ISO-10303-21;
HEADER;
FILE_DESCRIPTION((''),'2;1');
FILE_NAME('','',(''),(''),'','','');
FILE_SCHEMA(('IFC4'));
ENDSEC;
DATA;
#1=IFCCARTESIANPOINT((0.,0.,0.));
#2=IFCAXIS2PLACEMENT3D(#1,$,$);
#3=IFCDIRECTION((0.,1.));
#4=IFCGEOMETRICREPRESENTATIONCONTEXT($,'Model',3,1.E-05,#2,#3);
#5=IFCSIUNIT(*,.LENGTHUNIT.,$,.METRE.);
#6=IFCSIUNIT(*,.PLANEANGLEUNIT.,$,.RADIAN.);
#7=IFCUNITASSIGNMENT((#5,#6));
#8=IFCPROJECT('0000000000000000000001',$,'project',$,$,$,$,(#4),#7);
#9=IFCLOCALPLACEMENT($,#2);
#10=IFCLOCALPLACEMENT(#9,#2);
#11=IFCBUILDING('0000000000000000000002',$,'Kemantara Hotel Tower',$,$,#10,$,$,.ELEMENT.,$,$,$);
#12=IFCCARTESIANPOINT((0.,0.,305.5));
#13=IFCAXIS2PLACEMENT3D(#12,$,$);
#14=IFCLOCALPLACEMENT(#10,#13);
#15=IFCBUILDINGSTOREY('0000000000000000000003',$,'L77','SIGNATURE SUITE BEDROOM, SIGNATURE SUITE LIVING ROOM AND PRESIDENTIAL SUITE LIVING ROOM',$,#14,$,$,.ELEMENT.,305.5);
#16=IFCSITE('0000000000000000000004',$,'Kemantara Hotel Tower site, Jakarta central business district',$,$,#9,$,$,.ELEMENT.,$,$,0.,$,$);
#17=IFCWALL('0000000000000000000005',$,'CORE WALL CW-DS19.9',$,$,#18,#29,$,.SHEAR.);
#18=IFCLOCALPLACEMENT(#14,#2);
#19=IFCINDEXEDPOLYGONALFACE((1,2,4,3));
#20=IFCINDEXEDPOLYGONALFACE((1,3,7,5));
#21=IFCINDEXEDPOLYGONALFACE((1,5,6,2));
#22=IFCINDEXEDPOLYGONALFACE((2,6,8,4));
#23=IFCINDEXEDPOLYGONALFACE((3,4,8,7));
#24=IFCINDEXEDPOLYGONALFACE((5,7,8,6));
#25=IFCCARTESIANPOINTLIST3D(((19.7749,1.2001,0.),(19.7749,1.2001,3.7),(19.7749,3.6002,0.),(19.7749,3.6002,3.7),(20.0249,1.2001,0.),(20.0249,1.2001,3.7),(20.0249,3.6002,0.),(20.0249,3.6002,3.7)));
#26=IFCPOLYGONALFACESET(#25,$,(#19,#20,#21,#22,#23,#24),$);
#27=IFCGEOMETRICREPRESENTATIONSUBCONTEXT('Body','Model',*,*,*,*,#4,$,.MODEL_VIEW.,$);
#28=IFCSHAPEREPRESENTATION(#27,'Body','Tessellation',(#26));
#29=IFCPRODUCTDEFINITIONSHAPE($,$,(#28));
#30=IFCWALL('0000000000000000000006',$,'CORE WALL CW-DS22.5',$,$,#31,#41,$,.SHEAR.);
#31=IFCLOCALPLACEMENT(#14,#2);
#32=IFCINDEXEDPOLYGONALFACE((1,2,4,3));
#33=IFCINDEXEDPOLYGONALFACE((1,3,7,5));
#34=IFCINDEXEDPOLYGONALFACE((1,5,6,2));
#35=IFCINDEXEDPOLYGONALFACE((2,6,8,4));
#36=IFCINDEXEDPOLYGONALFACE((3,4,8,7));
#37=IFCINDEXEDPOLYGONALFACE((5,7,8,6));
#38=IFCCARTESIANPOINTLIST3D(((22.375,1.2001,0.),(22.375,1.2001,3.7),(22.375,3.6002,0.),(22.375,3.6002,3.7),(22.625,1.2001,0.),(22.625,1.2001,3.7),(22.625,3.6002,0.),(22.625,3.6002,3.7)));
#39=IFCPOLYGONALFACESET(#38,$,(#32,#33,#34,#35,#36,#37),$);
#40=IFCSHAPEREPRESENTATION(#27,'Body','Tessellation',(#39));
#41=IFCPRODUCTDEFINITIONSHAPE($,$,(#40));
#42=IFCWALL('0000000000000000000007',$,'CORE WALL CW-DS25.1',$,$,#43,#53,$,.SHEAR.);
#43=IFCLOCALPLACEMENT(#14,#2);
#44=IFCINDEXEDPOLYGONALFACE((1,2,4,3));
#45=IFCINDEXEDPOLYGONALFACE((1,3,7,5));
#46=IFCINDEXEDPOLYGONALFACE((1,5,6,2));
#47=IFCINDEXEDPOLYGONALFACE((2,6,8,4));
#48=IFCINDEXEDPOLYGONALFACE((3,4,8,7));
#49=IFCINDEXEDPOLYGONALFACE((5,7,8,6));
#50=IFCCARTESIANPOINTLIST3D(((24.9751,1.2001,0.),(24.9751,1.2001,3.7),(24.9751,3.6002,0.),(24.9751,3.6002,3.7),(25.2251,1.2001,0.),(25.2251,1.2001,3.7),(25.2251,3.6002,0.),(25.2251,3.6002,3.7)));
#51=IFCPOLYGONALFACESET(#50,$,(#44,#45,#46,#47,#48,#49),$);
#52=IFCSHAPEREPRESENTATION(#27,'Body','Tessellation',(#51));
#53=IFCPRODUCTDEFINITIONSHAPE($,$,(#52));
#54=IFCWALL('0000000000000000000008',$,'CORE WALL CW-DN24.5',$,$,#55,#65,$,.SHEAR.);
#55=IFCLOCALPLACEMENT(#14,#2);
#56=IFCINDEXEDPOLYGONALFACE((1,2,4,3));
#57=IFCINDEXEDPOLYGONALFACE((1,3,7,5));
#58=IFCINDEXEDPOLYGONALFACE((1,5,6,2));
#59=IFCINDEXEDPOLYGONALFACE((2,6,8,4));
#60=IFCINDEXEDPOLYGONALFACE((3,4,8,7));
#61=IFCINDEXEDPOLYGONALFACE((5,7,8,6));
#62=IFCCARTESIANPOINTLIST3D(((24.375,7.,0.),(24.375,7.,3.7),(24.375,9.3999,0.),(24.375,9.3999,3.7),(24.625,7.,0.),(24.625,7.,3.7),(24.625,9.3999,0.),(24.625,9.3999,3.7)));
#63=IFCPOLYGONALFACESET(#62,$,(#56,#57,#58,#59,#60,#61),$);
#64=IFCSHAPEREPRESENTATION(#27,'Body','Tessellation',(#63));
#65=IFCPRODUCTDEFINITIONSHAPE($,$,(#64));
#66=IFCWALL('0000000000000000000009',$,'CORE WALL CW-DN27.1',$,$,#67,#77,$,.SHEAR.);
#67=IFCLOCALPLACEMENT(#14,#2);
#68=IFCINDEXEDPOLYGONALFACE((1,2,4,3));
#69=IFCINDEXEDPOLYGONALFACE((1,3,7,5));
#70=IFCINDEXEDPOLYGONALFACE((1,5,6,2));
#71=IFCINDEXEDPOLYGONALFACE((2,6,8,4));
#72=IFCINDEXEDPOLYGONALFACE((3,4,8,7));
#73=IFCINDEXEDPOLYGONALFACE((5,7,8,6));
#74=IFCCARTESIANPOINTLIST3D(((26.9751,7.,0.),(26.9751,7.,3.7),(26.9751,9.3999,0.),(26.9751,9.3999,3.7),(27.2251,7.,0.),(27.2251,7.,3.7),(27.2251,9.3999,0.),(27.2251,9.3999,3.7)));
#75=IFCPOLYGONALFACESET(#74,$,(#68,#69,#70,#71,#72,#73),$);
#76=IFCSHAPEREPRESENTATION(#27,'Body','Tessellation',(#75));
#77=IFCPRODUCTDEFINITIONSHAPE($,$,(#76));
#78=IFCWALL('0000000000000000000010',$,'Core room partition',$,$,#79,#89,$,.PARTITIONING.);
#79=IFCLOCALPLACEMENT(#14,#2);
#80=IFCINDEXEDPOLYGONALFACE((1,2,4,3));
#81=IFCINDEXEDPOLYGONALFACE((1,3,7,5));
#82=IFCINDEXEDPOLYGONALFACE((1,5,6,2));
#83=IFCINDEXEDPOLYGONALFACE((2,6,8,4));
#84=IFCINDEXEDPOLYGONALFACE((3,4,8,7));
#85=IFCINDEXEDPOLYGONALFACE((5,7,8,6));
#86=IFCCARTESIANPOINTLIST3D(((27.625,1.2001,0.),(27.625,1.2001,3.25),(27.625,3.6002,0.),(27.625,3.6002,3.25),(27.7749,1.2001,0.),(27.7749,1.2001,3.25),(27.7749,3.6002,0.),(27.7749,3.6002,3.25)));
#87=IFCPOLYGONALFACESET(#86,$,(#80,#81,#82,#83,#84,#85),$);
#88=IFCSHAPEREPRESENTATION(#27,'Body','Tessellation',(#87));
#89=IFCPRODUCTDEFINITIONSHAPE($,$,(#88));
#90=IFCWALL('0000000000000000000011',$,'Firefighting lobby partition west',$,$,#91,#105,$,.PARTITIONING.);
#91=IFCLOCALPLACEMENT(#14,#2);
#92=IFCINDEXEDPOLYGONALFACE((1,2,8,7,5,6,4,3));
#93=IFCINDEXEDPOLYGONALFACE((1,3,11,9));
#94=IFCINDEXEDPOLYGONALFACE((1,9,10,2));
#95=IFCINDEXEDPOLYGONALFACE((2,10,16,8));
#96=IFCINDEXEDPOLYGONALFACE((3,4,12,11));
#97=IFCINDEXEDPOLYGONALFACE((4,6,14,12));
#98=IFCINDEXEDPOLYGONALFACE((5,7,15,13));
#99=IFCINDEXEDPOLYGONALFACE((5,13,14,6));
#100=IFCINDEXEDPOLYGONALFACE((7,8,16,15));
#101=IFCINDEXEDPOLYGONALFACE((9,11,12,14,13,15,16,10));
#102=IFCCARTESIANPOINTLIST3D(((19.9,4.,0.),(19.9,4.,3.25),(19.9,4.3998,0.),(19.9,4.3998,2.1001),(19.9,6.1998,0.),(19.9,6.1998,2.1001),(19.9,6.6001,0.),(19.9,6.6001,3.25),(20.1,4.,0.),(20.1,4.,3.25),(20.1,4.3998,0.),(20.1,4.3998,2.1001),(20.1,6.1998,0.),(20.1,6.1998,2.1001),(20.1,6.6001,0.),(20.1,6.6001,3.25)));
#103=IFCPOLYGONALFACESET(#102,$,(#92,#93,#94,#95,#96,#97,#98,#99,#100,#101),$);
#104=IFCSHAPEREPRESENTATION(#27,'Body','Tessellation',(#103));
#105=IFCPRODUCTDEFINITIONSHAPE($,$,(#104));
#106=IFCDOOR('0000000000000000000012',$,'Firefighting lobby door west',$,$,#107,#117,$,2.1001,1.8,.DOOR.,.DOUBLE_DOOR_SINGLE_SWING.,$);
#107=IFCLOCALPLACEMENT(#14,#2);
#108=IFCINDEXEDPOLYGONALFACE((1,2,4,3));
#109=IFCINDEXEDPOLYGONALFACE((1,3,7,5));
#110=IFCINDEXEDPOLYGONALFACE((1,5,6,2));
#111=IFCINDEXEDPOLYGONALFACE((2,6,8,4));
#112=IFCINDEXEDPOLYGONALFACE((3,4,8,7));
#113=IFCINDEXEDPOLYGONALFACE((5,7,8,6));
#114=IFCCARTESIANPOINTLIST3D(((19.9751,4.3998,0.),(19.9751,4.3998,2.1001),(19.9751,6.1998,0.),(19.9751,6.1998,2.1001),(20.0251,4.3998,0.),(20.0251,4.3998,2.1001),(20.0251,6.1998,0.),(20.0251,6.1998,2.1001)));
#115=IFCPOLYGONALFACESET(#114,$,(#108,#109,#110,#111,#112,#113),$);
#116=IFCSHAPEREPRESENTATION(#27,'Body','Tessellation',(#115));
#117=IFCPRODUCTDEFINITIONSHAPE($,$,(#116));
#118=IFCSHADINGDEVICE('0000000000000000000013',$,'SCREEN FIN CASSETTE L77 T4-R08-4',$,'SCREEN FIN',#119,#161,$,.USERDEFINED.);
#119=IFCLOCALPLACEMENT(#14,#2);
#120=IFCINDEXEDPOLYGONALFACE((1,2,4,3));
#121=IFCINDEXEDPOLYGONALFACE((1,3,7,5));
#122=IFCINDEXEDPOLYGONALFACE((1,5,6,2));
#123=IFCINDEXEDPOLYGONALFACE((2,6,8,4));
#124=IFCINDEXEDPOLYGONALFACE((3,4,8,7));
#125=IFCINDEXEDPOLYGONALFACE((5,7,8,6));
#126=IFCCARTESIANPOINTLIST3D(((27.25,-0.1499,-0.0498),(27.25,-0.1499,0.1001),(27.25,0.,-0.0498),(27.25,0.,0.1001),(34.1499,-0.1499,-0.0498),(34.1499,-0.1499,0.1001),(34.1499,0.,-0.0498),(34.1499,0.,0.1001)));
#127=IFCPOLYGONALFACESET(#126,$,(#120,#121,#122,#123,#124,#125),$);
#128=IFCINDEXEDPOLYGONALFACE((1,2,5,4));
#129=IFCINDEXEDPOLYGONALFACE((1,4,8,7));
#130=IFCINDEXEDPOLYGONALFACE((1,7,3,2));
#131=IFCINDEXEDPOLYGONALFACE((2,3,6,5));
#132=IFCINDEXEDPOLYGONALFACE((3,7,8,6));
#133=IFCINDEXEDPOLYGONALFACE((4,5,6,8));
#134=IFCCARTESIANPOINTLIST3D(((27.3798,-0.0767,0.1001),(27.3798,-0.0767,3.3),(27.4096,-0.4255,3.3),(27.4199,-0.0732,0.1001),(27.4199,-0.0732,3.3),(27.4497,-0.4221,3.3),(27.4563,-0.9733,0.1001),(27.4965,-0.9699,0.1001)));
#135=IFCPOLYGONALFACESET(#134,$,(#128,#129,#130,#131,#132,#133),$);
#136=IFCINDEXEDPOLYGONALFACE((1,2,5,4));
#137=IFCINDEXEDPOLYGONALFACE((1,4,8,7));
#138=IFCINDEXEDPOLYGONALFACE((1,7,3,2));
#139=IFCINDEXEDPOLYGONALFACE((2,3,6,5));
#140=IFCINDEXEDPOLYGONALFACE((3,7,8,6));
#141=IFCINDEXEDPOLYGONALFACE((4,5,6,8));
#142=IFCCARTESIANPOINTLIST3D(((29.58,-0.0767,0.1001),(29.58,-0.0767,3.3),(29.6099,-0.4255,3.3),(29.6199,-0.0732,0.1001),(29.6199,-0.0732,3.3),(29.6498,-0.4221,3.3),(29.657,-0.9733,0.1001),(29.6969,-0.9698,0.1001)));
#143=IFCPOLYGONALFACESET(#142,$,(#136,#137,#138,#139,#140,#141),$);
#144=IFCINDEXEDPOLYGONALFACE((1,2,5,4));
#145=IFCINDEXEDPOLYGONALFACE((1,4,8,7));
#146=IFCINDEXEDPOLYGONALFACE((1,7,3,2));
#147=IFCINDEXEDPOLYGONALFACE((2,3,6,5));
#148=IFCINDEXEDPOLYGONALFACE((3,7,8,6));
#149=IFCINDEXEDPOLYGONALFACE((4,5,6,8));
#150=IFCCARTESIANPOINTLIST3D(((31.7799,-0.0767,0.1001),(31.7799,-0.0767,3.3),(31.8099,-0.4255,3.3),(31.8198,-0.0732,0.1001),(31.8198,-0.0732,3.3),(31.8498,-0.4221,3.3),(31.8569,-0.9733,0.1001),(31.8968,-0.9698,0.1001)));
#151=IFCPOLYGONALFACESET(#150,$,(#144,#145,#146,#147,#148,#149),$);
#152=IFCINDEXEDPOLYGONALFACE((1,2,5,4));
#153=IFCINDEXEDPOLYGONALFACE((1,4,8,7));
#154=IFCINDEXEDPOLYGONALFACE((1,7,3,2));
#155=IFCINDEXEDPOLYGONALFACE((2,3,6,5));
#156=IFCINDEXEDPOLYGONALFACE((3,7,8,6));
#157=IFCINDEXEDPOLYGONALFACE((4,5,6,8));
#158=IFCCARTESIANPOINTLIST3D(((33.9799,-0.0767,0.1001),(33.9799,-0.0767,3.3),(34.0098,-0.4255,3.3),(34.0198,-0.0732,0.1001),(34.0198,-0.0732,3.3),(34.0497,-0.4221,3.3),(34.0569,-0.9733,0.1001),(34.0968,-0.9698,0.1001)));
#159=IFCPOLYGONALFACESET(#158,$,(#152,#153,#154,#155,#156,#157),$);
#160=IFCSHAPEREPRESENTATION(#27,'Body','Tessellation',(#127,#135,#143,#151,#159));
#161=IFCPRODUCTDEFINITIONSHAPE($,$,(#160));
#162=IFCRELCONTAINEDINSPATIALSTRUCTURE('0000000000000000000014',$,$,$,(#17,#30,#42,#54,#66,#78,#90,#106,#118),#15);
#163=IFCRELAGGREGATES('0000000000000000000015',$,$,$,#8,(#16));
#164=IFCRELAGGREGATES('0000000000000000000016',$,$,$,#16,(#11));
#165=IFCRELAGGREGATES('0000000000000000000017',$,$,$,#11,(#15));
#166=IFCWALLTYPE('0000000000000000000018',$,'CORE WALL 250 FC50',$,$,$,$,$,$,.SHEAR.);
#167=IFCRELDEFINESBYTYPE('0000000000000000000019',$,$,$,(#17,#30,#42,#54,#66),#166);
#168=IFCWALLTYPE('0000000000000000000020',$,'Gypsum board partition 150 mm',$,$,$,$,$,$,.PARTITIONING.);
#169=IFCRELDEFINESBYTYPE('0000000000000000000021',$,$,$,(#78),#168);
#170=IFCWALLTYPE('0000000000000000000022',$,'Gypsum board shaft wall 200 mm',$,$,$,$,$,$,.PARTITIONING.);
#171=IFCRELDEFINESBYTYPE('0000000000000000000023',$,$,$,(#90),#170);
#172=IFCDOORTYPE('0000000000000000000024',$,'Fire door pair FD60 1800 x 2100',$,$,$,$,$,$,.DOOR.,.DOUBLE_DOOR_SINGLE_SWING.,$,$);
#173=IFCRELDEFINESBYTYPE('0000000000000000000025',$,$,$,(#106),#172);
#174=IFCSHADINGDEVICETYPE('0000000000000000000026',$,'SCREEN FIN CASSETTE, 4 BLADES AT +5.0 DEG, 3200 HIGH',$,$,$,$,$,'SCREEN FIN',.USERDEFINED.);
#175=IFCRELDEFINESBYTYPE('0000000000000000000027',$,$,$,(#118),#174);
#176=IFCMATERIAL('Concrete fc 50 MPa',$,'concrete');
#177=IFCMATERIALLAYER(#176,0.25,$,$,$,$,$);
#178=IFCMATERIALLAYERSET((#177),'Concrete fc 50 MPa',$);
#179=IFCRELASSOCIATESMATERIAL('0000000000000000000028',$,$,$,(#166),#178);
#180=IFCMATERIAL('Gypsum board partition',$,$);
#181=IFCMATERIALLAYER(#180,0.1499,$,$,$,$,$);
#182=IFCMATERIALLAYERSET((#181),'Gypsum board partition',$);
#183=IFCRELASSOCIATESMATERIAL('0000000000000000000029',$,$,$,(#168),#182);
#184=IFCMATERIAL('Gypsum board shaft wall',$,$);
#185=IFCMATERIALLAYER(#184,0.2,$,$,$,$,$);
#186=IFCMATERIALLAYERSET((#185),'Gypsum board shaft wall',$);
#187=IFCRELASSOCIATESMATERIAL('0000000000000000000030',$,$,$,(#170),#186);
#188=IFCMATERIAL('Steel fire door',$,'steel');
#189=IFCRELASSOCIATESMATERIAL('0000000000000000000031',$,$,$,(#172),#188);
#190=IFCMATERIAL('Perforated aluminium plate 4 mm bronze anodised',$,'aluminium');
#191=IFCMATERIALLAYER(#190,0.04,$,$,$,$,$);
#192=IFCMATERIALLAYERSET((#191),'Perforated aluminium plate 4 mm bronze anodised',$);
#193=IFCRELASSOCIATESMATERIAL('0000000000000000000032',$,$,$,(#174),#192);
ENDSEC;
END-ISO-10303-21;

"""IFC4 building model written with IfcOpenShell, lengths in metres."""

from ifc_helpers import new_model, si_unit, direction, frame, frame_2d, origin, origin_2d, place, context, subcontext, project, spatial, polyline, rectangle, outline, extrude, source, transform, mapped, material, layer, layer_set, type_object, element, fill, save


model = new_model("IFC4")

# Units and contexts
model_context = context("Model", 3, precision=1e-05, world=origin(), true_north=direction((0.0, 1.0)))
body_context = subcontext(model_context, "Body", "Model", "MODEL_VIEW")
ifc_project = project(units=[si_unit("LENGTHUNIT", "METRE"), si_unit("PLANEANGLEUNIT", "RADIAN")], contexts=[model_context])

# Site, building, storey
site_placement = place(None, origin())
site = spatial("IfcSite", under=ifc_project, at=site_placement, Name="Kemantara Hotel Tower site, Jakarta central business district", CompositionType="ELEMENT", RefElevation=0.0)
building_placement = place(site_placement, origin())
building = spatial("IfcBuilding", under=site, at=building_placement, Name="Kemantara Hotel Tower", CompositionType="ELEMENT")
storey_placement = place(building_placement, frame((0.0, 0.0, 305.5)))
storey = spatial("IfcBuildingStorey", under=building, at=storey_placement, Name="L77", Description="SIGNATURE SUITE BEDROOM, SIGNATURE SUITE LIVING ROOM AND PRESIDENTIAL SUITE LIVING ROOM", CompositionType="ELEMENT", Elevation=305.5)

# Walls
ifc_material_1 = material(Name="Concrete fc 50 MPa", Category="concrete")
ifc_layer_1 = layer(ifc_material_1, 0.25)
ifc_layer_set_1 = layer_set([ifc_layer_1], Name="Concrete fc 50 MPa")
wall_type_1 = type_object("IfcWallType", Name="CORE WALL 250 FC50", PredefinedType="SHEAR", material=ifc_layer_set_1)
for number, where, z_axis, x_axis, name in (
    (1, (19.8999, 1.2, 0.0), (0.0, 0.0, 1.0), (0.0, 1.0, 0.0), "CORE WALL CW-DS19.9"),
    (2, (22.5, 1.2, 0.0), (0.0, 0.0, 1.0), (0.0, 1.0, 0.0), "CORE WALL CW-DS22.5"),
    (3, (25.1001, 1.2, 0.0), (0.0, 0.0, 1.0), (0.0, 1.0, 0.0), "CORE WALL CW-DS25.1"),
):
    element("IfcWall", number, at=place(storey_placement, frame(where, z_axis=z_axis, x_axis=x_axis)), inside=storey, type_object=wall_type_1, Name=name, PredefinedType="SHEAR", context=body_context, shape_type="SweptSolid", body=[
        extrude(rectangle(XDim=2.4001, YDim=0.25, at=frame_2d((1.2002, 0.0))), origin(), (0.0, 0.0, 1.0), 3.7),
    ])
for number, where, z_axis, x_axis, name in (
    (4, (24.5, 7.0, 0.0), (0.0, 0.0, 1.0), (0.0, 1.0, 0.0), "CORE WALL CW-DN24.5"),
    (5, (27.1001, 7.0, 0.0), (0.0, 0.0, 1.0), (0.0, 1.0, 0.0), "CORE WALL CW-DN27.1"),
):
    element("IfcWall", number, at=place(storey_placement, frame(where, z_axis=z_axis, x_axis=x_axis)), inside=storey, type_object=wall_type_1, Name=name, PredefinedType="SHEAR", context=body_context, shape_type="SweptSolid", body=[
        extrude(rectangle(XDim=2.3999, YDim=0.25, at=frame_2d((1.2, 0.0))), origin(), (0.0, 0.0, 1.0), 3.7),
    ])
ifc_material_2 = material(Name="Gypsum board partition")
ifc_layer_2 = layer(ifc_material_2, 0.1499)
ifc_layer_set_2 = layer_set([ifc_layer_2], Name="Gypsum board partition")
wall_type_2 = type_object("IfcWallType", Name="Gypsum board partition 150 mm", PredefinedType="PARTITIONING", material=ifc_layer_set_2)
wall_1_placement = place(storey_placement, frame((27.7, 1.2, 0.0), z_axis=(0.0, 0.0, 1.0), x_axis=(0.0, 1.0, 0.0)))
element("IfcWall", 6, at=wall_1_placement, inside=storey, type_object=wall_type_2, Name="Core room partition", PredefinedType="PARTITIONING", context=body_context, shape_type="SweptSolid", body=[
    extrude(rectangle(XDim=2.4001, YDim=0.1499, at=frame_2d((1.2002, 0.0))), origin(), (0.0, 0.0, 1.0), 3.25),
])

# Wall, opening, door
ifc_material_3 = material(Name="Gypsum board shaft wall")
ifc_layer_3 = layer(ifc_material_3, 0.2)
ifc_layer_set_3 = layer_set([ifc_layer_3], Name="Gypsum board shaft wall")
wall_type_3 = type_object("IfcWallType", Name="Gypsum board shaft wall 200 mm", PredefinedType="PARTITIONING", material=ifc_layer_set_3)
wall_2_placement = place(storey_placement, frame((20.0, 4.0, 0.0), z_axis=(0.0, 0.0, 1.0), x_axis=(0.0, 1.0, 0.0)))
wall_2 = element("IfcWall", 7, at=wall_2_placement, inside=storey, type_object=wall_type_3, Name="Firefighting lobby partition west", PredefinedType="PARTITIONING", context=body_context, shape_type="SweptSolid", body=[
    extrude(rectangle(XDim=2.6001, YDim=0.2, at=frame_2d((1.3, 0.0))), origin(), (0.0, 0.0, 1.0), 3.25),
])
opening_placement = place(wall_2_placement, frame((0.3999, 0.0, 0.0)))
opening = element("IfcOpeningElement", 8, at=opening_placement, cuts=wall_2, PredefinedType="OPENING", context=body_context, shape_type="SweptSolid", body=[
    extrude(rectangle(XDim=1.8, YDim=2.1001, at=frame_2d((0.8999, 1.05))), frame((0.0, 0.1099, 0.0), z_axis=(0.0, -1.0, 0.0), x_axis=(1.0, 0.0, 0.0)), (0.0, 0.0, 1.0), 0.22),
])
ifc_material_4 = material(Name="Steel fire door", Category="steel")
door_type = type_object("IfcDoorType", Name="Fire door pair FD60 1800 x 2100", OperationType="DOUBLE_DOOR_SINGLE_SWING", PredefinedType="DOOR", material=ifc_material_4)
door_placement = place(opening_placement, origin())
door = element("IfcDoor", 9, at=door_placement, inside=storey, type_object=door_type, Name="Firefighting lobby door west", OperationType="DOUBLE_DOOR_SINGLE_SWING", OverallHeight=2.1001, OverallWidth=1.8, PredefinedType="DOOR", context=body_context, shape_type="SweptSolid", body=[
    extrude(rectangle(XDim=1.8, YDim=2.1001, at=frame_2d((0.8999, 1.05))), frame((0.0, 0.0249, 0.0), z_axis=(0.0, -1.0, 0.0), x_axis=(1.0, 0.0, 0.0)), (0.0, 0.0, 1.0), 0.05),
])
fill(opening, door)

# Shading device
ifc_material_5 = material(Name="Perforated aluminium plate 4 mm bronze anodised", Category="aluminium")
ifc_layer_4 = layer(ifc_material_5, 0.04)
ifc_layer_set_4 = layer_set([ifc_layer_4], Name="Perforated aluminium plate 4 mm bronze anodised")
shading_device_type = type_object("IfcShadingDeviceType", Name="SCREEN FIN CASSETTE, 4 BLADES AT +5.0 DEG, 3200 HIGH", ElementType="SCREEN FIN", PredefinedType="USERDEFINED", material=ifc_layer_set_4)
shared_shape = source(origin(), body_context, "Body", "SweptSolid", [
    extrude(rectangle(XDim=6.8999, YDim=0.1499, at=origin_2d()), frame((3.3, -0.075, -0.1499), z_axis=(0.0, 0.0, 1.0), x_axis=(1.0, 0.0, 0.0)), (0.0, 0.0, 1.0), 0.1499),
    extrude(outline(polyline([(0.0, 0.0), (0.8999, 0.0), (0.3501, 3.2), (0.0, 3.2), (0.0, 0.0)])), frame((0.02, -0.0732, 0.0), z_axis=(-0.996376, -0.085056, 0.0), x_axis=(0.085056, -0.996376, 0.0)), (0.0, 0.0, 1.0), 0.0403),
    extrude(outline(polyline([(0.0, 0.0), (0.8999, 0.0), (0.3501, 3.2), (0.0, 3.2), (0.0, 0.0)])), frame((2.22, -0.0732, 0.0), z_axis=(-0.996332, -0.085575, 0.0), x_axis=(0.085575, -0.996332, 0.0)), (0.0, 0.0, 1.0), 0.04),
    extrude(outline(polyline([(0.0, 0.0), (0.8999, 0.0), (0.3501, 3.2), (0.0, 3.2), (0.0, 0.0)])), frame((4.4199, -0.0732, 0.0), z_axis=(-0.996332, -0.085575, 0.0), x_axis=(0.085575, -0.996332, 0.0)), (0.0, 0.0, 1.0), 0.04),
    extrude(outline(polyline([(0.0, 0.0), (0.8999, 0.0), (0.3501, 3.2), (0.0, 3.2), (0.0, 0.0)])), frame((6.6199, -0.0732, 0.0), z_axis=(-0.996332, -0.085575, 0.0), x_axis=(0.085575, -0.996332, 0.0)), (0.0, 0.0, 1.0), 0.04),
])
shading_device_placement = place(storey_placement, frame((27.3999, 0.0, 0.1001), z_axis=(0.0, 0.0, 1.0), x_axis=(1.0, 0.0, 0.0)))
element("IfcShadingDevice", 10, at=shading_device_placement, inside=storey, type_object=shading_device_type, Name="SCREEN FIN CASSETTE L77 T4-R08-4", ObjectType="SCREEN FIN", PredefinedType="USERDEFINED", context=body_context, shape_type="MappedRepresentation", body=[
    mapped(shared_shape, transform((0.0, 0.0, 0.0))),
])

save(model, "model.ifc")
